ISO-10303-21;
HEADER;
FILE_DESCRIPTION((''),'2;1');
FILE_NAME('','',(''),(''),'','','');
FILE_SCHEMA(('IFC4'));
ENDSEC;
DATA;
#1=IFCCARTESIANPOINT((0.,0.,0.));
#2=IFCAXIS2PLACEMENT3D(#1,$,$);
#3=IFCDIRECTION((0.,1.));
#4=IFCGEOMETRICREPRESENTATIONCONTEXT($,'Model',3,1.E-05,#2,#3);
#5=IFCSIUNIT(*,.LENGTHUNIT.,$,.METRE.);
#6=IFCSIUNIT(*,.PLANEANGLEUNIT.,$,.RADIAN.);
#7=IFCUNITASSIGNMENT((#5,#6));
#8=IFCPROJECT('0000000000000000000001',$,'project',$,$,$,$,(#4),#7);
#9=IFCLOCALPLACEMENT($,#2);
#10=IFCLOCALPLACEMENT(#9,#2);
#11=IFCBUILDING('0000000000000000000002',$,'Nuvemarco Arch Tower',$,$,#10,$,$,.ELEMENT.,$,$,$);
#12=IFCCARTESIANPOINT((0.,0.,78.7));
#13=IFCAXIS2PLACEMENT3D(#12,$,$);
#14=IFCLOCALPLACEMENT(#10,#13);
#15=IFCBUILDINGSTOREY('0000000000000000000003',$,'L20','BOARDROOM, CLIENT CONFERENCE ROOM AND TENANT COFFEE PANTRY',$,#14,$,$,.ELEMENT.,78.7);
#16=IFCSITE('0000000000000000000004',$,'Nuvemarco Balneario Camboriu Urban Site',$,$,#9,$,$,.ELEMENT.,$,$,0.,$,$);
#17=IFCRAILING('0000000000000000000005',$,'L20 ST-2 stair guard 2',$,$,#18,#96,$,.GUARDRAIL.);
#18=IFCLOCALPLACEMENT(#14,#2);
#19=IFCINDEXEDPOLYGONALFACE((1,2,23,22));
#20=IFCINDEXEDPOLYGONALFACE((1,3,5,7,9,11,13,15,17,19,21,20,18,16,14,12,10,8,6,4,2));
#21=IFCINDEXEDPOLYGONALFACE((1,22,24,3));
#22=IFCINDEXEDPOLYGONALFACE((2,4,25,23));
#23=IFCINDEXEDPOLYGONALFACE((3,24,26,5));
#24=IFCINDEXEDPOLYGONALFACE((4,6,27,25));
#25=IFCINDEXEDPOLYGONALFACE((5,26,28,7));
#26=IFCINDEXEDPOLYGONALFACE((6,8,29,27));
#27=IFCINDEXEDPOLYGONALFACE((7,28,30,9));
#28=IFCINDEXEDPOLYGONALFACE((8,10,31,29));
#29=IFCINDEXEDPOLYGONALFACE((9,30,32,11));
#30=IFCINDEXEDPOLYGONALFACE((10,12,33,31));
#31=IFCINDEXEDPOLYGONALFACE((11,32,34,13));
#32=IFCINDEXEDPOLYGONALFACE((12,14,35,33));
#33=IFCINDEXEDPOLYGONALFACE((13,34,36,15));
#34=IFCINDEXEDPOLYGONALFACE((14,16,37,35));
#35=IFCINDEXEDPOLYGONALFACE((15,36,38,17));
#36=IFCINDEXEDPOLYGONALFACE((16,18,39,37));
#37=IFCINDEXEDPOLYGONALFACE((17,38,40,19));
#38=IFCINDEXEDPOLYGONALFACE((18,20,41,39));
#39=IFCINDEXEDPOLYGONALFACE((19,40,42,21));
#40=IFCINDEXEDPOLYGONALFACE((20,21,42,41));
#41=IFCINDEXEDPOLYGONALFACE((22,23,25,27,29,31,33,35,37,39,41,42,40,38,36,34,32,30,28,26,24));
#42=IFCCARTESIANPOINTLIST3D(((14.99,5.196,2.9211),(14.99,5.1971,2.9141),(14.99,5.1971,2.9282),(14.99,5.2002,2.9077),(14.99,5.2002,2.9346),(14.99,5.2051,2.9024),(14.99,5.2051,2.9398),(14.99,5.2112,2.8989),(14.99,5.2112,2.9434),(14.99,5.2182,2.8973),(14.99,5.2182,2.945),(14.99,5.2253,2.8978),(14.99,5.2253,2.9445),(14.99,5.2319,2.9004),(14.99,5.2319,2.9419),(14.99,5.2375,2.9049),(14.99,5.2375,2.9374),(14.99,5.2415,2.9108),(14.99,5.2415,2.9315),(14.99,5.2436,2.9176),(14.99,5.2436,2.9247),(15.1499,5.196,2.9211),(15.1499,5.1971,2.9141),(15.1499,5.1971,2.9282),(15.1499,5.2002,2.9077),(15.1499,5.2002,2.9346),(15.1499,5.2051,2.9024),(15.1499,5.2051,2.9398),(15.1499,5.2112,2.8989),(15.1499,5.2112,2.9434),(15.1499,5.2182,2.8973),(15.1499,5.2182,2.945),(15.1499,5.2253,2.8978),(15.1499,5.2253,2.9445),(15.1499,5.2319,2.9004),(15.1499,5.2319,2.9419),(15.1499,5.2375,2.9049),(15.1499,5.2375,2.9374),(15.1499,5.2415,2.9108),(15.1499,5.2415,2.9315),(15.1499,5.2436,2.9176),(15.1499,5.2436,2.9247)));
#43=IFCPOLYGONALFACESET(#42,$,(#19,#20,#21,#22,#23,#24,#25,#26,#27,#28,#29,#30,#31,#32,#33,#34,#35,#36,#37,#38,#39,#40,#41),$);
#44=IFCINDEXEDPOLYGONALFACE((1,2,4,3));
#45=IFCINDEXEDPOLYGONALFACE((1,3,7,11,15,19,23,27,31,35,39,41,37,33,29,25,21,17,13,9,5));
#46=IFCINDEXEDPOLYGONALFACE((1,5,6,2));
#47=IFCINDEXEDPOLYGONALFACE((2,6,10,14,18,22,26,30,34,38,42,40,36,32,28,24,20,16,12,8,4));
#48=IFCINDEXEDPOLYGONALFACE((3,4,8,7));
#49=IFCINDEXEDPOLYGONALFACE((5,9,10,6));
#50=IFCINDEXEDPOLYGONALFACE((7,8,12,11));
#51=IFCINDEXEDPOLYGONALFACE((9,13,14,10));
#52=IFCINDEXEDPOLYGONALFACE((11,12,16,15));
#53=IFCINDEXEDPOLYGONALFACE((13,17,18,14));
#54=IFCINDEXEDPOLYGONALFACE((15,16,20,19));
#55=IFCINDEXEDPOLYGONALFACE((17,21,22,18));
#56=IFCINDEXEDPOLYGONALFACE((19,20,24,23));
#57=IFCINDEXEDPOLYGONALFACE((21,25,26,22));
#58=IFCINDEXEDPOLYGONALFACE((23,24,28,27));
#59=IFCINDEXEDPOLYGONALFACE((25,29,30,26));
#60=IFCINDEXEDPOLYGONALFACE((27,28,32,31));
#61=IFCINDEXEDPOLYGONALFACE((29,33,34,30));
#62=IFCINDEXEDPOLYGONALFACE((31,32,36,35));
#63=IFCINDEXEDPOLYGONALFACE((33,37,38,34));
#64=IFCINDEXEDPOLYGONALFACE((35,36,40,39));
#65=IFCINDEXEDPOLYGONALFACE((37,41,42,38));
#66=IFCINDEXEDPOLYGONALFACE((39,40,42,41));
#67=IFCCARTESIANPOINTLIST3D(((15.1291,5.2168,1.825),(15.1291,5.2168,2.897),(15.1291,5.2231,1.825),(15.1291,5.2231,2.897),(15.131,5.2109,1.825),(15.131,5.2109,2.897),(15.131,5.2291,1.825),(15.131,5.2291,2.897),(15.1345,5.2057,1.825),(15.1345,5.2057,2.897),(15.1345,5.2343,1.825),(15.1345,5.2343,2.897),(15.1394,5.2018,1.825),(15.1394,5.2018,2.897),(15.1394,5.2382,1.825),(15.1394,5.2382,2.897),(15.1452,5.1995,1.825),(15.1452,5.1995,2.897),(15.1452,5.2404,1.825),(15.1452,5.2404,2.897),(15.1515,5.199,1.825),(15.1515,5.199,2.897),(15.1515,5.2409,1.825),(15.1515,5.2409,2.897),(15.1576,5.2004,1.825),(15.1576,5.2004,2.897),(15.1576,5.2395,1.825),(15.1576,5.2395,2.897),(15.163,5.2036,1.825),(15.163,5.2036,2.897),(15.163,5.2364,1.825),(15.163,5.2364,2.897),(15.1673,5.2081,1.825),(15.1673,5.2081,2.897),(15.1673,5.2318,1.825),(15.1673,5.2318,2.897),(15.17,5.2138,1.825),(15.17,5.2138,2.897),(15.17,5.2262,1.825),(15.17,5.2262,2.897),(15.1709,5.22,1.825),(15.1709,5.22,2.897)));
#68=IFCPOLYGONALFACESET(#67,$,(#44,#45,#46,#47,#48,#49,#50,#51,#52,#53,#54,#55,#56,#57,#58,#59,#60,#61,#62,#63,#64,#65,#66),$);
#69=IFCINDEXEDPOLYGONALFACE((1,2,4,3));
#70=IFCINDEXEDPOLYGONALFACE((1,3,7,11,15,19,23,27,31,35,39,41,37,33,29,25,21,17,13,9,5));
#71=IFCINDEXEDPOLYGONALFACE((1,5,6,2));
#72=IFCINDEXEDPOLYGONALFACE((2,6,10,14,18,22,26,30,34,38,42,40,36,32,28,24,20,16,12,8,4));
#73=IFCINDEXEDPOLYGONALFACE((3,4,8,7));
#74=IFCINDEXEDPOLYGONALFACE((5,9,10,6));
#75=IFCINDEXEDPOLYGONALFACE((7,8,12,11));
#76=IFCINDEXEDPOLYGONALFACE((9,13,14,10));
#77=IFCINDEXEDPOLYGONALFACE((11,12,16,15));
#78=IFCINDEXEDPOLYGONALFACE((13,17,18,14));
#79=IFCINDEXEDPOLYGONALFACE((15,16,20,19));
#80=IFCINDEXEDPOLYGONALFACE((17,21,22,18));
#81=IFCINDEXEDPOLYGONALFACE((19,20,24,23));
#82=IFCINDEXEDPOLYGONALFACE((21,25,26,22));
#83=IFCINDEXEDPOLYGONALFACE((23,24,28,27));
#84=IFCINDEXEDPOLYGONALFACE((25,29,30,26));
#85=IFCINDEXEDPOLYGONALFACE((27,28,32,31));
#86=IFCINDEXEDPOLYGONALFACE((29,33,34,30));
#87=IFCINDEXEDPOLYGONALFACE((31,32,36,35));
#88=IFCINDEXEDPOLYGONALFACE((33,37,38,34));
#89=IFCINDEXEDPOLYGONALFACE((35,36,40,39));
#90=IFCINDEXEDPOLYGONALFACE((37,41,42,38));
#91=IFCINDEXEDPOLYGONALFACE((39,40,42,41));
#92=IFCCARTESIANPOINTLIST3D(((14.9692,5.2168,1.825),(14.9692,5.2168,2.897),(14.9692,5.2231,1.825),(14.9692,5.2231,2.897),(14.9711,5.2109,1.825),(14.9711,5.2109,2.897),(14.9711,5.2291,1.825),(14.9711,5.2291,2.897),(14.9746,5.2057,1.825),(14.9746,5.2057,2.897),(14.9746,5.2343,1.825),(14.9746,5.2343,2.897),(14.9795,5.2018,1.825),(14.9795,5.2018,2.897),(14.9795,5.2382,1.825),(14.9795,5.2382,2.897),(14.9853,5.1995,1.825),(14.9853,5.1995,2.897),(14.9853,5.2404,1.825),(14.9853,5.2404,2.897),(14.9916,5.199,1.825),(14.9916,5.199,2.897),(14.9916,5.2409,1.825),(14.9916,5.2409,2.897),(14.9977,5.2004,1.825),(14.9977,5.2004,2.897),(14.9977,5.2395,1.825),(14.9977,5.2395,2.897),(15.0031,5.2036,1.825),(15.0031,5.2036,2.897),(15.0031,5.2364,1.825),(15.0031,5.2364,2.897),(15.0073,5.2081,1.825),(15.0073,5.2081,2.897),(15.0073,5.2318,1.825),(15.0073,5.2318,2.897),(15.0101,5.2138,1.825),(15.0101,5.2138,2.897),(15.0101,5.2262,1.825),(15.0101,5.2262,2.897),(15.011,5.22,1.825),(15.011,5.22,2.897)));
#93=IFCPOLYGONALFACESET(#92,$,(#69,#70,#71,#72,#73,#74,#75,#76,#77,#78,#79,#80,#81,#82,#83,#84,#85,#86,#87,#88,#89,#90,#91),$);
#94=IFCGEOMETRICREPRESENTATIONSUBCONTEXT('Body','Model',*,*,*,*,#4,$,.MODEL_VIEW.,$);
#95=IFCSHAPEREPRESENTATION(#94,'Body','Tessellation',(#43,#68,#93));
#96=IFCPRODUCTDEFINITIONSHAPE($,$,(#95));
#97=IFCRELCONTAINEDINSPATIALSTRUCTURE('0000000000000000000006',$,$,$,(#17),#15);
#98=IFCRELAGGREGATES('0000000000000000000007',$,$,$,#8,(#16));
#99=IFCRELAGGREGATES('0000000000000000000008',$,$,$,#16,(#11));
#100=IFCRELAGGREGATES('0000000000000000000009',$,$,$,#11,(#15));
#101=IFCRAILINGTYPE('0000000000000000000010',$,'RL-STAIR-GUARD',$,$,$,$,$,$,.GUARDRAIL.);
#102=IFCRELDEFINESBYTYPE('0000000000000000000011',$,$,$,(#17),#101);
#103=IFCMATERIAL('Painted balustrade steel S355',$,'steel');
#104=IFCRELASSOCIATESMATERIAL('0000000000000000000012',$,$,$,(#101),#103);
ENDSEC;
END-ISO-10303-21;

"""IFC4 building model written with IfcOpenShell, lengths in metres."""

from ifc_helpers import new_model, si_unit, direction, frame, origin, origin_2d, place, context, subcontext, project, spatial, circle, extrude, material, type_object, element, save


model = new_model("IFC4")

# Units and contexts
model_context = context("Model", 3, precision=1e-05, world=origin(), true_north=direction((0.0, 1.0)))
body_context = subcontext(model_context, "Body", "Model", "MODEL_VIEW")
ifc_project = project(units=[si_unit("LENGTHUNIT", "METRE"), si_unit("PLANEANGLEUNIT", "RADIAN")], contexts=[model_context])

# Site, building, storey
site_placement = place(None, origin())
site = spatial("IfcSite", under=ifc_project, at=site_placement, Name="Nuvemarco Balneario Camboriu Urban Site", CompositionType="ELEMENT", RefElevation=0.0)
building_placement = place(site_placement, origin())
building = spatial("IfcBuilding", under=site, at=building_placement, Name="Nuvemarco Arch Tower", CompositionType="ELEMENT")
storey_placement = place(building_placement, frame((0.0, 0.0, 78.7)))
storey = spatial("IfcBuildingStorey", under=building, at=storey_placement, Name="L20", Description="BOARDROOM, CLIENT CONFERENCE ROOM AND TENANT COFFEE PANTRY", CompositionType="ELEMENT", Elevation=78.7)

# Railing
ifc_material_1 = material(Name="Painted balustrade steel S355", Category="steel")
railing_type_1 = type_object("IfcRailingType", Name="RL-STAIR-GUARD", PredefinedType="GUARDRAIL", material=ifc_material_1)
railing_1_placement = place(storey_placement, frame((15.1499, 5.22, 1.825)))
element("IfcRailing", 1, at=railing_1_placement, inside=storey, type_object=railing_type_1, Name="L20 ST-2 stair guard 2", PredefinedType="GUARDRAIL", context=body_context, shape_type="SweptSolid", body=[
    extrude(circle(Radius=0.0239, at=origin_2d()), frame((0.0, 0.0, 1.0962), z_axis=(-1.0, 0.0, 0.0), x_axis=(0.0, -1.0, 0.0)), (0.0, 0.0, 1.0), 0.1599),
    extrude(circle(Radius=0.021, at=origin_2d()), origin(), (0.0, 0.0, 1.0), 1.072),
    extrude(circle(Radius=0.021, at=origin_2d()), frame((-0.1599, 0.0, 0.0)), (0.0, 0.0, 1.0), 1.072),
])

save(model, "model.ifc")
